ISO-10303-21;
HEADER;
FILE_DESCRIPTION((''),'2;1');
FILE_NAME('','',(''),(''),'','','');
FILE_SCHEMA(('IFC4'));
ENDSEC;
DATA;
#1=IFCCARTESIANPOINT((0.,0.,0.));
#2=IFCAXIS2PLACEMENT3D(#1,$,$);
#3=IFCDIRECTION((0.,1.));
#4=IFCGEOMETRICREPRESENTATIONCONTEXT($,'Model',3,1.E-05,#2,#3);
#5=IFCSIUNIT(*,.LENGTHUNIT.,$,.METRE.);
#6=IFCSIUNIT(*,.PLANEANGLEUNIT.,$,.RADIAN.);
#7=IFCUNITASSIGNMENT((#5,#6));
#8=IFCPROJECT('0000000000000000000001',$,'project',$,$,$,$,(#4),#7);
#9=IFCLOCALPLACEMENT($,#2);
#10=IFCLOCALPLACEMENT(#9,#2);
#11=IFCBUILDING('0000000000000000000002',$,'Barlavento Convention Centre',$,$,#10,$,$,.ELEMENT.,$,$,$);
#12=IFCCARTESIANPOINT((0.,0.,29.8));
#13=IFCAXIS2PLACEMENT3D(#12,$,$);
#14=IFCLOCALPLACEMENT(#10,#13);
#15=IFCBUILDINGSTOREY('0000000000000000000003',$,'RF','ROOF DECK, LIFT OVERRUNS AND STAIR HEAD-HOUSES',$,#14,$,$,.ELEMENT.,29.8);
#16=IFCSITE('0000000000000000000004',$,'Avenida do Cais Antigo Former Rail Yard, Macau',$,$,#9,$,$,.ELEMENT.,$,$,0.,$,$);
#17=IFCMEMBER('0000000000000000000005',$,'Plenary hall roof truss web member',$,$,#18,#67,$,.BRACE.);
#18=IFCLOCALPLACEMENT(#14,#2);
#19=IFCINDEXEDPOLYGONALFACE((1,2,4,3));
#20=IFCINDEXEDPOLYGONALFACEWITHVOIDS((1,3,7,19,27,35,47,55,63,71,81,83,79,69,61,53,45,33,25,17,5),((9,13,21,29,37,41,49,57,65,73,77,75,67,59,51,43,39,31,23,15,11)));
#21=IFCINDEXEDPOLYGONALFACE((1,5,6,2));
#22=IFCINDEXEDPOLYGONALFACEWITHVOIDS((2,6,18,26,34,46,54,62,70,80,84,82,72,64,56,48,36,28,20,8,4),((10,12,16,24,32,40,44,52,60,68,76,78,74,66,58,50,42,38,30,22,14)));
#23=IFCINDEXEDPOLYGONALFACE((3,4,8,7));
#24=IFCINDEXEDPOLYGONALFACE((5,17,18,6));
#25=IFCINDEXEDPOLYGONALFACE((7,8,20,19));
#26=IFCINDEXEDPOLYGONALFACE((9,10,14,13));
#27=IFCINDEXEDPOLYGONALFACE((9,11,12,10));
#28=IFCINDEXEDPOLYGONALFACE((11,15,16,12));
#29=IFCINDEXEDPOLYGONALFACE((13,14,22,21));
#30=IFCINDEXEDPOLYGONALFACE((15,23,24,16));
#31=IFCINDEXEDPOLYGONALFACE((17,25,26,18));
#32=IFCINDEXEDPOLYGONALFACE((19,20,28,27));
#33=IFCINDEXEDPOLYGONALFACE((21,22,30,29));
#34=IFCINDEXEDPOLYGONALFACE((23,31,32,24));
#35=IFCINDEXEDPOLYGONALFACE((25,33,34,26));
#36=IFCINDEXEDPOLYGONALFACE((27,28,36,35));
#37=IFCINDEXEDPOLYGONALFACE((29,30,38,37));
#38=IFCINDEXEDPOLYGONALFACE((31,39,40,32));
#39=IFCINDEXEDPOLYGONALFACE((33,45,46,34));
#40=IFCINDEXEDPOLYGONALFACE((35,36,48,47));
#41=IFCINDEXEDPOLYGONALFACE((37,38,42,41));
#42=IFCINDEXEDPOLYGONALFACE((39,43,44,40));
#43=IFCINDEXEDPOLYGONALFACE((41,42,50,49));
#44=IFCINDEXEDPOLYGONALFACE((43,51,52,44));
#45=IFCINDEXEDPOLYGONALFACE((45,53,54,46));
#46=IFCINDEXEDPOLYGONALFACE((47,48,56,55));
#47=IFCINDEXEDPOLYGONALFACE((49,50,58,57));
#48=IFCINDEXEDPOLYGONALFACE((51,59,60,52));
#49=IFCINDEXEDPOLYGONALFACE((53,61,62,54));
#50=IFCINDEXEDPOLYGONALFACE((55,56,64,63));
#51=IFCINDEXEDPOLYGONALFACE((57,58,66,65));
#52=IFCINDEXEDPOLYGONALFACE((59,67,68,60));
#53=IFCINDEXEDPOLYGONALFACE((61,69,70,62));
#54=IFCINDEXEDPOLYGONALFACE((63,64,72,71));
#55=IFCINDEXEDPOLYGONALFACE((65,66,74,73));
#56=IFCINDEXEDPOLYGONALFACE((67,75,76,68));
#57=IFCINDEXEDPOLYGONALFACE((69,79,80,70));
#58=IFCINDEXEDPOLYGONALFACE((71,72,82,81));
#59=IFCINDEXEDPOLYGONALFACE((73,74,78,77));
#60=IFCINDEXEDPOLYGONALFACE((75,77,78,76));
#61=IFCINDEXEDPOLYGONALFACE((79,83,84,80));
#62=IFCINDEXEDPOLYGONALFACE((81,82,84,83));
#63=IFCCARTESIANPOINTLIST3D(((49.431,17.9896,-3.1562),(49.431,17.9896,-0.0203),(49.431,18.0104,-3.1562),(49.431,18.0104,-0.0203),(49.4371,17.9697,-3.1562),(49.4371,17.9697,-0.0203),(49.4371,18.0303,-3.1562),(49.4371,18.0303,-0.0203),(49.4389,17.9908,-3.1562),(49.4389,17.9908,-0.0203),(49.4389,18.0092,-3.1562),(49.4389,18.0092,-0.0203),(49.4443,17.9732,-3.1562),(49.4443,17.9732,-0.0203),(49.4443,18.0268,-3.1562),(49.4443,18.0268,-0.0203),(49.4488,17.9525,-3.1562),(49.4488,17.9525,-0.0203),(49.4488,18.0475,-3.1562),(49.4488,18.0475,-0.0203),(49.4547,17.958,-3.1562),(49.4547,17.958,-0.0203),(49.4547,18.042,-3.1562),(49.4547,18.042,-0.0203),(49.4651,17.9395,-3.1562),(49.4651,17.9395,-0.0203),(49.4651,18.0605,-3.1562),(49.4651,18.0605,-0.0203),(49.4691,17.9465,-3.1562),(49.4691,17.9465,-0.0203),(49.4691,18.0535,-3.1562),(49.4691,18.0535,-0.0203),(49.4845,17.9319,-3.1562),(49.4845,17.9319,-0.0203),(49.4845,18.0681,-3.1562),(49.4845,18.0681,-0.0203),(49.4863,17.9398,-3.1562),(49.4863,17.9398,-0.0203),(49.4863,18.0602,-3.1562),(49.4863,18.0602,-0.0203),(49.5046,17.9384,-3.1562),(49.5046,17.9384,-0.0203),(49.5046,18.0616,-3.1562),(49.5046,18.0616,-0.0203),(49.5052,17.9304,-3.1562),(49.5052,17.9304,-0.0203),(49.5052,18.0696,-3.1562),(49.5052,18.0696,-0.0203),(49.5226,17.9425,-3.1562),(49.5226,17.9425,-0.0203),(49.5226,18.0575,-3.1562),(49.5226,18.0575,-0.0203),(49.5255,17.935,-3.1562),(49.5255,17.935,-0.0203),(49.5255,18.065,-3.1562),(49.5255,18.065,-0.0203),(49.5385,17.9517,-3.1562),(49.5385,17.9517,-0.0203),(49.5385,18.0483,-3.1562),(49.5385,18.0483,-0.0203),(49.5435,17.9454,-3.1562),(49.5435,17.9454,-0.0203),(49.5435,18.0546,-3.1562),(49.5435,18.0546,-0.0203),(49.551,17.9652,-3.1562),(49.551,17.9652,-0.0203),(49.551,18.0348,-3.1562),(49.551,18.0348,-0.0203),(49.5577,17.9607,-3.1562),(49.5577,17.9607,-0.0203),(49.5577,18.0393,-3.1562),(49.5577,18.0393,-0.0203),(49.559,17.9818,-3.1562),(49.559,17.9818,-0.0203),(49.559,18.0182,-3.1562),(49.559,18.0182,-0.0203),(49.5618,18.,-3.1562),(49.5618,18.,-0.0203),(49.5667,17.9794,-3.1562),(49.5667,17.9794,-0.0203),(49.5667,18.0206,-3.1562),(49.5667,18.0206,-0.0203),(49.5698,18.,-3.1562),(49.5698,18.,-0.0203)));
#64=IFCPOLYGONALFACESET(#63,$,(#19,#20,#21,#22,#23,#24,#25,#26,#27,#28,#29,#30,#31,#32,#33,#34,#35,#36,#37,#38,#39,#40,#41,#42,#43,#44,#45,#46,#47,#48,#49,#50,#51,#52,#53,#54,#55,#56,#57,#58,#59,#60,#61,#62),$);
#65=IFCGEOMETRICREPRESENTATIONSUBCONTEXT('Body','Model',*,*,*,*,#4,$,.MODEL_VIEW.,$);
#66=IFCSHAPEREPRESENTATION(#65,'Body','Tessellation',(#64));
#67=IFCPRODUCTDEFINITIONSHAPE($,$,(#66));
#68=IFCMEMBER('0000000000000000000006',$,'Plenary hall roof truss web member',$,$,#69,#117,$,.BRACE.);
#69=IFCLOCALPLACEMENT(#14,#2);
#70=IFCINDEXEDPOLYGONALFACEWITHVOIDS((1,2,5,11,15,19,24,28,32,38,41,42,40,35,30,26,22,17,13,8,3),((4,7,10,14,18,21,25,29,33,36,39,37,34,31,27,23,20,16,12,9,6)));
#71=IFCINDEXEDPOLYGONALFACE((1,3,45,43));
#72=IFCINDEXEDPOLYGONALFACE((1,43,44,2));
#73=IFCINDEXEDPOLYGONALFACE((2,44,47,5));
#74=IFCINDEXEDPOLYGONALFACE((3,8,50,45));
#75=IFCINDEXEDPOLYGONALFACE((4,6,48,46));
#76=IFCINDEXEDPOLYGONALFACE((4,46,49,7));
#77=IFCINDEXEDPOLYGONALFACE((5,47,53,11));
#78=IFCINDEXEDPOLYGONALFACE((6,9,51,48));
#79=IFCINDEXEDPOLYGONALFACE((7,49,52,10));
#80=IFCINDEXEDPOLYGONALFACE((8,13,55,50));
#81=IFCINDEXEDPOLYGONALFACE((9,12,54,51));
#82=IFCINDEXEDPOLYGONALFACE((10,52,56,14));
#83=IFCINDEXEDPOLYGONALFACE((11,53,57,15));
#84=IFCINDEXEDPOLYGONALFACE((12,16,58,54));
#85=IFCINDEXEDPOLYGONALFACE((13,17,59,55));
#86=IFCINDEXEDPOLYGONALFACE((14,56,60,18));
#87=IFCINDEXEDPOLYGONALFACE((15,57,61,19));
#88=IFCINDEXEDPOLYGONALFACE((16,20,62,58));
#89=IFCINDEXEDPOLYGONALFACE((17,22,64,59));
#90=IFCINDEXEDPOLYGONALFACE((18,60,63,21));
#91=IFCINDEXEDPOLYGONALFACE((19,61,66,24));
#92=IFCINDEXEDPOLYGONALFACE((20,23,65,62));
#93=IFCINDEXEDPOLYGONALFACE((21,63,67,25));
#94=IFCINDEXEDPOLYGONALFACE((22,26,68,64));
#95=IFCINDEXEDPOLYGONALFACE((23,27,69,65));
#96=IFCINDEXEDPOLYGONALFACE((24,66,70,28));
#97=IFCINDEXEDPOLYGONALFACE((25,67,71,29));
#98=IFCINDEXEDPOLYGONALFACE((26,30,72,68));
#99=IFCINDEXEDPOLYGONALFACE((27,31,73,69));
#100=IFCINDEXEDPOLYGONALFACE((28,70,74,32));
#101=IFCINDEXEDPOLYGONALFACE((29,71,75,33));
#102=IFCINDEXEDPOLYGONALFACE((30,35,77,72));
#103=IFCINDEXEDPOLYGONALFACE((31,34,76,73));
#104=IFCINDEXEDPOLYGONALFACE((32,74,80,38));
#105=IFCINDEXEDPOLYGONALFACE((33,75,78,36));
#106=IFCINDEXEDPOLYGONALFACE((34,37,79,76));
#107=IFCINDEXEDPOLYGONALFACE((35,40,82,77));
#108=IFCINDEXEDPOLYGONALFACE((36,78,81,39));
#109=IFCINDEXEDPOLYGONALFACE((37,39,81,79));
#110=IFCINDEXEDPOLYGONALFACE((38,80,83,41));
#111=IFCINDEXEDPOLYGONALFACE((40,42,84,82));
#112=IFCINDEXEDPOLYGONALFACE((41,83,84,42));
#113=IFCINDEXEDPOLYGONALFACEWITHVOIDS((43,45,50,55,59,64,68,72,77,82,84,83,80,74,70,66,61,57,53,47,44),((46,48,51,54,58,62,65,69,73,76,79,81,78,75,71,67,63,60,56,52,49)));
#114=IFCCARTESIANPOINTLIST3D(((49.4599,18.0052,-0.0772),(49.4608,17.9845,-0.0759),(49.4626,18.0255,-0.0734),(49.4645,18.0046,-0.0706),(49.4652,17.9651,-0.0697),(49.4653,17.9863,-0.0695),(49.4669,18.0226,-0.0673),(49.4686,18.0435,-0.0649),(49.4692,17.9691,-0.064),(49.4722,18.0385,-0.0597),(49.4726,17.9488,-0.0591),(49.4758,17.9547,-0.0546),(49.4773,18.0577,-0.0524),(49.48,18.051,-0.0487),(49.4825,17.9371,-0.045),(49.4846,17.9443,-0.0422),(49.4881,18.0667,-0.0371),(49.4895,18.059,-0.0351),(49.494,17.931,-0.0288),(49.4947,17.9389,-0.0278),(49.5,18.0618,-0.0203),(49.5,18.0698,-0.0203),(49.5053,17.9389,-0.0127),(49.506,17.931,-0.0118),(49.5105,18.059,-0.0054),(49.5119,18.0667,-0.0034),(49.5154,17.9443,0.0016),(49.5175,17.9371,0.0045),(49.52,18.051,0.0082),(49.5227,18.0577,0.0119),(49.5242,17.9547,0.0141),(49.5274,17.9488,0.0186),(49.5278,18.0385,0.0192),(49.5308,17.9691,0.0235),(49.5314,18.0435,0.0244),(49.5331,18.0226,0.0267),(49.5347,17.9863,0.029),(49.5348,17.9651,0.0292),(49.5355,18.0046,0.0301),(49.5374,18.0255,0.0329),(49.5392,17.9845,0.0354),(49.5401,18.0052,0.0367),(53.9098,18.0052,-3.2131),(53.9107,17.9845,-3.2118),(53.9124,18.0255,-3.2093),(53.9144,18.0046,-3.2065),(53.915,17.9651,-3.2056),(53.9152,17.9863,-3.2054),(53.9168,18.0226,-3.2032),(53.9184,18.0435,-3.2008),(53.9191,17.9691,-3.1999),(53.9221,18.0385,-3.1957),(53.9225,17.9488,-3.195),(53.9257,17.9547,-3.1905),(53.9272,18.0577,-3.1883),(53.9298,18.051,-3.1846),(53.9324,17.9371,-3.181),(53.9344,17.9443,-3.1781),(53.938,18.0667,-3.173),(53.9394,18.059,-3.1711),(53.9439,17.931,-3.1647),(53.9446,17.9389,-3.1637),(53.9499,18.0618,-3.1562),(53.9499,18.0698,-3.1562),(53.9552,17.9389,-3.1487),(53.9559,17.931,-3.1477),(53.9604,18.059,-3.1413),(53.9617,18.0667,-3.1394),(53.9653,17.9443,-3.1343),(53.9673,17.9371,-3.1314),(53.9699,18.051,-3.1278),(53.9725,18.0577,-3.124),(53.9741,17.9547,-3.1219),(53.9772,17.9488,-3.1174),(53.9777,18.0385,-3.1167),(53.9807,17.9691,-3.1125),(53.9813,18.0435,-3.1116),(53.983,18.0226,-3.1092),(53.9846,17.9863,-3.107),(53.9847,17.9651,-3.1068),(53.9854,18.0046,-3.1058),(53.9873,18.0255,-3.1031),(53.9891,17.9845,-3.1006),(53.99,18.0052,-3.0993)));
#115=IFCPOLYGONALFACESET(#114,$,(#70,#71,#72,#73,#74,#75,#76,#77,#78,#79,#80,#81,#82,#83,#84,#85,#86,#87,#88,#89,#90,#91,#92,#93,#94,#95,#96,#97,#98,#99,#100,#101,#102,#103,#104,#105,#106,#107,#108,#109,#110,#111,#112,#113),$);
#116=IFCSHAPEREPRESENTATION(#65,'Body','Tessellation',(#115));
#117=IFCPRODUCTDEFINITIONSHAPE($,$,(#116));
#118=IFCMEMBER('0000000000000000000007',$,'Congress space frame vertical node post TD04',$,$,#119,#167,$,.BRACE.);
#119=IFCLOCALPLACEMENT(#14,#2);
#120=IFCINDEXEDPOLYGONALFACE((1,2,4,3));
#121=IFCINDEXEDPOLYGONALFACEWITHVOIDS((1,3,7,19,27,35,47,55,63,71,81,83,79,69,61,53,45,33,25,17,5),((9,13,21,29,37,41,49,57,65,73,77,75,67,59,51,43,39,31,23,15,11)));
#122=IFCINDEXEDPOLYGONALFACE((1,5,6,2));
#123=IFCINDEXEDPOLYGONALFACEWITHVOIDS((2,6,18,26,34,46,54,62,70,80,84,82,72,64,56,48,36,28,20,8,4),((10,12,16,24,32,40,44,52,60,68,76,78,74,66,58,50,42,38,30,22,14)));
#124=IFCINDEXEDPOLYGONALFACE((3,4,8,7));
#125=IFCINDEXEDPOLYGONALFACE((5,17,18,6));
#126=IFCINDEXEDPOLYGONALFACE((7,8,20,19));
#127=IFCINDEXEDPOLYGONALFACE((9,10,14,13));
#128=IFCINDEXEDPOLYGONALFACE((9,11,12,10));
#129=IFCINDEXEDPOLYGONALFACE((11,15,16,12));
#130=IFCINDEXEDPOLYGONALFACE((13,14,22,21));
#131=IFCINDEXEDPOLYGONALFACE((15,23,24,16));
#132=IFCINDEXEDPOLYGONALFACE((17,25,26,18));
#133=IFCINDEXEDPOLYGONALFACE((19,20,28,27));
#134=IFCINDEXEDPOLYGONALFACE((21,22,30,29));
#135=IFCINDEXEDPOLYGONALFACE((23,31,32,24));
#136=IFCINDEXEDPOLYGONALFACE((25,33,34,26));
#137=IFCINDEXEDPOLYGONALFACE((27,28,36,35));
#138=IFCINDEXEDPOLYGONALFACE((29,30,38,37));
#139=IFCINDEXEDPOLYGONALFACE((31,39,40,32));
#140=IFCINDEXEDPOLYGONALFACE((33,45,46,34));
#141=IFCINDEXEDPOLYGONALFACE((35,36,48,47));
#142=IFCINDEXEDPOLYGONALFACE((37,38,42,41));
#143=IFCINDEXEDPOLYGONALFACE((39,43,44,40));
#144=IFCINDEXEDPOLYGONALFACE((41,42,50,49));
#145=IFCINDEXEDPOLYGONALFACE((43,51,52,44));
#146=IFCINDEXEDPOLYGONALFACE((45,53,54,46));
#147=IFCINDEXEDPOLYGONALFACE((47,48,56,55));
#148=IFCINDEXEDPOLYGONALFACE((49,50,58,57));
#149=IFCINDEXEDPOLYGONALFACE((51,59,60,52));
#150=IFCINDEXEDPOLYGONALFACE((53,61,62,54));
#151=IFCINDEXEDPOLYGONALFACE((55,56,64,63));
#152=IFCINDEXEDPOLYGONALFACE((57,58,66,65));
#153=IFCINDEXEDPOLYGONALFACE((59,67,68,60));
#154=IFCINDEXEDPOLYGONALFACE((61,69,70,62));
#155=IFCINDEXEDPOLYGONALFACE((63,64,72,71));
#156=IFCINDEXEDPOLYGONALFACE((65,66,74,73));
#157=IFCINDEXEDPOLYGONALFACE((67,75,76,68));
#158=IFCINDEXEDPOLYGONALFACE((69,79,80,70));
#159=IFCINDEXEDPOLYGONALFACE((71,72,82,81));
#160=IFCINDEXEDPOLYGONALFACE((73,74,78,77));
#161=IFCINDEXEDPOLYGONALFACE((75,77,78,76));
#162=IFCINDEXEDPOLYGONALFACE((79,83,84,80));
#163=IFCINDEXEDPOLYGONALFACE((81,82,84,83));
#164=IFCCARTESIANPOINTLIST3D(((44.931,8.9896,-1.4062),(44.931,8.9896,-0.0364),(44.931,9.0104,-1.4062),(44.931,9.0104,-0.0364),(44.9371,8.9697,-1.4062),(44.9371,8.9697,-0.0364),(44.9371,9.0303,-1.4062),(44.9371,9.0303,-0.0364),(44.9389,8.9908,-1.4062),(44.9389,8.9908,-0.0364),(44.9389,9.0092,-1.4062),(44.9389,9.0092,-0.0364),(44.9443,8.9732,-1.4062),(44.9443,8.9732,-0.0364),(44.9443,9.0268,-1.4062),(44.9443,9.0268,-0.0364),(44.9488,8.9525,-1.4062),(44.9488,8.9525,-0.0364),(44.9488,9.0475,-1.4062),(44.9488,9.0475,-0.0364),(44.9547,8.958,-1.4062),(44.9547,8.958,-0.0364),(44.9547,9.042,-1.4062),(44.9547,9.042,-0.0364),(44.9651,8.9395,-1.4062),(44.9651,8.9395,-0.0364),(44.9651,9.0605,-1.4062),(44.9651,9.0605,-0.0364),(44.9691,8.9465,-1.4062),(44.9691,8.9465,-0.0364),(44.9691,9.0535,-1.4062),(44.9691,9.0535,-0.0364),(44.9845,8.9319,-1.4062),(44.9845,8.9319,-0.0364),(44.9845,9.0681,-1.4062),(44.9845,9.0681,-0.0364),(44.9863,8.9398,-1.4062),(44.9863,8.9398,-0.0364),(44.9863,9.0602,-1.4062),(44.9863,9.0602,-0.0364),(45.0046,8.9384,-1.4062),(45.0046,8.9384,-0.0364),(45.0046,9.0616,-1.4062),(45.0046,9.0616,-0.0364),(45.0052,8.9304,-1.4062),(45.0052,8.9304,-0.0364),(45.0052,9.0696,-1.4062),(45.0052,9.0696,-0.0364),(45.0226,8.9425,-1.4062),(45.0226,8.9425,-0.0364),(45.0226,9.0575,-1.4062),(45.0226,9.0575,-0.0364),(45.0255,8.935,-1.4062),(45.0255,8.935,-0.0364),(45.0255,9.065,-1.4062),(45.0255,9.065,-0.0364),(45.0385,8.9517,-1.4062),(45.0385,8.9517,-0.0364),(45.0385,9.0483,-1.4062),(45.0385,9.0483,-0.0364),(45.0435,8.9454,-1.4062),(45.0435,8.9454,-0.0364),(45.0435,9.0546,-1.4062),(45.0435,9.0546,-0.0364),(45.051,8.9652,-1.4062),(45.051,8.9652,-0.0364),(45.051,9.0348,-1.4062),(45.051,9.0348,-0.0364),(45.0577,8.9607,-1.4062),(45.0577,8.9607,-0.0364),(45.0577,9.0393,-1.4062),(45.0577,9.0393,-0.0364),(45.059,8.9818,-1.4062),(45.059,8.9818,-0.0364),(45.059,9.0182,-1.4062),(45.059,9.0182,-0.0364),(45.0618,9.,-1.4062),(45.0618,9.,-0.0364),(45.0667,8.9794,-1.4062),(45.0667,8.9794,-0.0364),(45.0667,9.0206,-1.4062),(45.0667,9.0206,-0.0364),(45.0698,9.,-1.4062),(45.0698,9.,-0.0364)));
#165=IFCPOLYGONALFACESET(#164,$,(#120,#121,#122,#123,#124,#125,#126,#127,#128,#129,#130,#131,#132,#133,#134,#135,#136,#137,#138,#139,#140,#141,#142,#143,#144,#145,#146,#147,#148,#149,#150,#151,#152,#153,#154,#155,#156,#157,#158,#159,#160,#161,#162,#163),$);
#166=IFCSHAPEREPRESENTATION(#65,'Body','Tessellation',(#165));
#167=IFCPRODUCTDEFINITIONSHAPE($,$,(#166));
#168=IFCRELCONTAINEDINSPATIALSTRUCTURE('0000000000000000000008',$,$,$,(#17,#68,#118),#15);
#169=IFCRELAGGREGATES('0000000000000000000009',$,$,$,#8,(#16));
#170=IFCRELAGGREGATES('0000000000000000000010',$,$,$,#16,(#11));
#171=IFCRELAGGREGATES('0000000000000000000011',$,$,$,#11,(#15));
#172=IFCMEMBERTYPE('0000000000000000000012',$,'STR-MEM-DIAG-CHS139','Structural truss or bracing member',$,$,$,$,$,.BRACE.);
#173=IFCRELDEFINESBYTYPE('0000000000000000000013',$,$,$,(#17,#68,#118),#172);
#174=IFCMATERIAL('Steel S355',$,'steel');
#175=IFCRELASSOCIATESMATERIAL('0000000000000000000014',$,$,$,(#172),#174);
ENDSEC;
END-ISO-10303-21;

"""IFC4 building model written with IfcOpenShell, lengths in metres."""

from ifc_helpers import new_model, si_unit, direction, frame, origin, origin_2d, place, context, subcontext, project, spatial, hollow_circle, extrude, material, material_profile, profile_set, type_object, element, save


model = new_model("IFC4")

# Units and contexts
model_context = context("Model", 3, precision=1e-05, world=origin(), true_north=direction((0.0, 1.0)))
body_context = subcontext(model_context, "Body", "Model", "MODEL_VIEW")
ifc_project = project(units=[si_unit("LENGTHUNIT", "METRE"), si_unit("PLANEANGLEUNIT", "RADIAN")], contexts=[model_context])

# Site, building, storey
site_placement = place(None, origin())
site = spatial("IfcSite", under=ifc_project, at=site_placement, Name="Avenida do Cais Antigo Former Rail Yard, Macau", CompositionType="ELEMENT", RefElevation=0.0)
building_placement = place(site_placement, origin())
building = spatial("IfcBuilding", under=site, at=building_placement, Name="Barlavento Convention Centre", CompositionType="ELEMENT")
storey_placement = place(building_placement, frame((0.0, 0.0, 29.8)))
storey = spatial("IfcBuildingStorey", under=building, at=storey_placement, Name="RF", Description="ROOF DECK, LIFT OVERRUNS AND STAIR HEAD-HOUSES", CompositionType="ELEMENT", Elevation=29.8)

# Members
ifc_material_1 = material(Name="Steel S355", Category="steel")
ifc_material_profile_1 = material_profile(ifc_material_1, hollow_circle(Radius=0.0698, WallThickness=0.0081, at=origin_2d()), Name="CHS 139.7x8.0")
ifc_profile_set_1 = profile_set([ifc_material_profile_1], Name="Steel S355")
member_type_1 = type_object("IfcMemberType", Name="STR-MEM-DIAG-CHS139", Description="Structural truss or bracing member", PredefinedType="BRACE", material=ifc_profile_set_1)
member_1_placement = place(storey_placement, frame((49.5, 18.0, -3.1562), z_axis=(0.0, 0.0, 1.0), x_axis=(1.0, 0.0, 0.0)))
element("IfcMember", 1, at=member_1_placement, inside=storey, type_object=member_type_1, Name="Plenary hall roof truss web member", PredefinedType="BRACE", context=body_context, shape_type="SweptSolid", body=[
    extrude(hollow_circle(Radius=0.0698, WallThickness=0.0081, at=origin_2d()), origin(), (0.0, 0.0, 1.0), 3.136),
])
member_2_placement = place(storey_placement, frame((49.5, 18.0, -0.0203), z_axis=(0.817414, 0.0, -0.576051), x_axis=(0.0, 1.0, 0.0)))
element("IfcMember", 2, at=member_2_placement, inside=storey, type_object=member_type_1, Name="Plenary hall roof truss web member", PredefinedType="BRACE", context=body_context, shape_type="SweptSolid", body=[
    extrude(hollow_circle(Radius=0.0698, WallThickness=0.0081, at=origin_2d()), origin(), (0.0, 0.0, 1.0), 5.4438),
])
member_3_placement = place(storey_placement, frame((45.0, 9.0, -1.4062), z_axis=(0.0, 0.0, 1.0), x_axis=(1.0, 0.0, 0.0)))
element("IfcMember", 3, at=member_3_placement, inside=storey, type_object=member_type_1, Name="Congress space frame vertical node post TD04", PredefinedType="BRACE", context=body_context, shape_type="SweptSolid", body=[
    extrude(hollow_circle(Radius=0.0698, WallThickness=0.0081, at=origin_2d()), origin(), (0.0, 0.0, 1.0), 1.3699),
])

save(model, "model.ifc")
